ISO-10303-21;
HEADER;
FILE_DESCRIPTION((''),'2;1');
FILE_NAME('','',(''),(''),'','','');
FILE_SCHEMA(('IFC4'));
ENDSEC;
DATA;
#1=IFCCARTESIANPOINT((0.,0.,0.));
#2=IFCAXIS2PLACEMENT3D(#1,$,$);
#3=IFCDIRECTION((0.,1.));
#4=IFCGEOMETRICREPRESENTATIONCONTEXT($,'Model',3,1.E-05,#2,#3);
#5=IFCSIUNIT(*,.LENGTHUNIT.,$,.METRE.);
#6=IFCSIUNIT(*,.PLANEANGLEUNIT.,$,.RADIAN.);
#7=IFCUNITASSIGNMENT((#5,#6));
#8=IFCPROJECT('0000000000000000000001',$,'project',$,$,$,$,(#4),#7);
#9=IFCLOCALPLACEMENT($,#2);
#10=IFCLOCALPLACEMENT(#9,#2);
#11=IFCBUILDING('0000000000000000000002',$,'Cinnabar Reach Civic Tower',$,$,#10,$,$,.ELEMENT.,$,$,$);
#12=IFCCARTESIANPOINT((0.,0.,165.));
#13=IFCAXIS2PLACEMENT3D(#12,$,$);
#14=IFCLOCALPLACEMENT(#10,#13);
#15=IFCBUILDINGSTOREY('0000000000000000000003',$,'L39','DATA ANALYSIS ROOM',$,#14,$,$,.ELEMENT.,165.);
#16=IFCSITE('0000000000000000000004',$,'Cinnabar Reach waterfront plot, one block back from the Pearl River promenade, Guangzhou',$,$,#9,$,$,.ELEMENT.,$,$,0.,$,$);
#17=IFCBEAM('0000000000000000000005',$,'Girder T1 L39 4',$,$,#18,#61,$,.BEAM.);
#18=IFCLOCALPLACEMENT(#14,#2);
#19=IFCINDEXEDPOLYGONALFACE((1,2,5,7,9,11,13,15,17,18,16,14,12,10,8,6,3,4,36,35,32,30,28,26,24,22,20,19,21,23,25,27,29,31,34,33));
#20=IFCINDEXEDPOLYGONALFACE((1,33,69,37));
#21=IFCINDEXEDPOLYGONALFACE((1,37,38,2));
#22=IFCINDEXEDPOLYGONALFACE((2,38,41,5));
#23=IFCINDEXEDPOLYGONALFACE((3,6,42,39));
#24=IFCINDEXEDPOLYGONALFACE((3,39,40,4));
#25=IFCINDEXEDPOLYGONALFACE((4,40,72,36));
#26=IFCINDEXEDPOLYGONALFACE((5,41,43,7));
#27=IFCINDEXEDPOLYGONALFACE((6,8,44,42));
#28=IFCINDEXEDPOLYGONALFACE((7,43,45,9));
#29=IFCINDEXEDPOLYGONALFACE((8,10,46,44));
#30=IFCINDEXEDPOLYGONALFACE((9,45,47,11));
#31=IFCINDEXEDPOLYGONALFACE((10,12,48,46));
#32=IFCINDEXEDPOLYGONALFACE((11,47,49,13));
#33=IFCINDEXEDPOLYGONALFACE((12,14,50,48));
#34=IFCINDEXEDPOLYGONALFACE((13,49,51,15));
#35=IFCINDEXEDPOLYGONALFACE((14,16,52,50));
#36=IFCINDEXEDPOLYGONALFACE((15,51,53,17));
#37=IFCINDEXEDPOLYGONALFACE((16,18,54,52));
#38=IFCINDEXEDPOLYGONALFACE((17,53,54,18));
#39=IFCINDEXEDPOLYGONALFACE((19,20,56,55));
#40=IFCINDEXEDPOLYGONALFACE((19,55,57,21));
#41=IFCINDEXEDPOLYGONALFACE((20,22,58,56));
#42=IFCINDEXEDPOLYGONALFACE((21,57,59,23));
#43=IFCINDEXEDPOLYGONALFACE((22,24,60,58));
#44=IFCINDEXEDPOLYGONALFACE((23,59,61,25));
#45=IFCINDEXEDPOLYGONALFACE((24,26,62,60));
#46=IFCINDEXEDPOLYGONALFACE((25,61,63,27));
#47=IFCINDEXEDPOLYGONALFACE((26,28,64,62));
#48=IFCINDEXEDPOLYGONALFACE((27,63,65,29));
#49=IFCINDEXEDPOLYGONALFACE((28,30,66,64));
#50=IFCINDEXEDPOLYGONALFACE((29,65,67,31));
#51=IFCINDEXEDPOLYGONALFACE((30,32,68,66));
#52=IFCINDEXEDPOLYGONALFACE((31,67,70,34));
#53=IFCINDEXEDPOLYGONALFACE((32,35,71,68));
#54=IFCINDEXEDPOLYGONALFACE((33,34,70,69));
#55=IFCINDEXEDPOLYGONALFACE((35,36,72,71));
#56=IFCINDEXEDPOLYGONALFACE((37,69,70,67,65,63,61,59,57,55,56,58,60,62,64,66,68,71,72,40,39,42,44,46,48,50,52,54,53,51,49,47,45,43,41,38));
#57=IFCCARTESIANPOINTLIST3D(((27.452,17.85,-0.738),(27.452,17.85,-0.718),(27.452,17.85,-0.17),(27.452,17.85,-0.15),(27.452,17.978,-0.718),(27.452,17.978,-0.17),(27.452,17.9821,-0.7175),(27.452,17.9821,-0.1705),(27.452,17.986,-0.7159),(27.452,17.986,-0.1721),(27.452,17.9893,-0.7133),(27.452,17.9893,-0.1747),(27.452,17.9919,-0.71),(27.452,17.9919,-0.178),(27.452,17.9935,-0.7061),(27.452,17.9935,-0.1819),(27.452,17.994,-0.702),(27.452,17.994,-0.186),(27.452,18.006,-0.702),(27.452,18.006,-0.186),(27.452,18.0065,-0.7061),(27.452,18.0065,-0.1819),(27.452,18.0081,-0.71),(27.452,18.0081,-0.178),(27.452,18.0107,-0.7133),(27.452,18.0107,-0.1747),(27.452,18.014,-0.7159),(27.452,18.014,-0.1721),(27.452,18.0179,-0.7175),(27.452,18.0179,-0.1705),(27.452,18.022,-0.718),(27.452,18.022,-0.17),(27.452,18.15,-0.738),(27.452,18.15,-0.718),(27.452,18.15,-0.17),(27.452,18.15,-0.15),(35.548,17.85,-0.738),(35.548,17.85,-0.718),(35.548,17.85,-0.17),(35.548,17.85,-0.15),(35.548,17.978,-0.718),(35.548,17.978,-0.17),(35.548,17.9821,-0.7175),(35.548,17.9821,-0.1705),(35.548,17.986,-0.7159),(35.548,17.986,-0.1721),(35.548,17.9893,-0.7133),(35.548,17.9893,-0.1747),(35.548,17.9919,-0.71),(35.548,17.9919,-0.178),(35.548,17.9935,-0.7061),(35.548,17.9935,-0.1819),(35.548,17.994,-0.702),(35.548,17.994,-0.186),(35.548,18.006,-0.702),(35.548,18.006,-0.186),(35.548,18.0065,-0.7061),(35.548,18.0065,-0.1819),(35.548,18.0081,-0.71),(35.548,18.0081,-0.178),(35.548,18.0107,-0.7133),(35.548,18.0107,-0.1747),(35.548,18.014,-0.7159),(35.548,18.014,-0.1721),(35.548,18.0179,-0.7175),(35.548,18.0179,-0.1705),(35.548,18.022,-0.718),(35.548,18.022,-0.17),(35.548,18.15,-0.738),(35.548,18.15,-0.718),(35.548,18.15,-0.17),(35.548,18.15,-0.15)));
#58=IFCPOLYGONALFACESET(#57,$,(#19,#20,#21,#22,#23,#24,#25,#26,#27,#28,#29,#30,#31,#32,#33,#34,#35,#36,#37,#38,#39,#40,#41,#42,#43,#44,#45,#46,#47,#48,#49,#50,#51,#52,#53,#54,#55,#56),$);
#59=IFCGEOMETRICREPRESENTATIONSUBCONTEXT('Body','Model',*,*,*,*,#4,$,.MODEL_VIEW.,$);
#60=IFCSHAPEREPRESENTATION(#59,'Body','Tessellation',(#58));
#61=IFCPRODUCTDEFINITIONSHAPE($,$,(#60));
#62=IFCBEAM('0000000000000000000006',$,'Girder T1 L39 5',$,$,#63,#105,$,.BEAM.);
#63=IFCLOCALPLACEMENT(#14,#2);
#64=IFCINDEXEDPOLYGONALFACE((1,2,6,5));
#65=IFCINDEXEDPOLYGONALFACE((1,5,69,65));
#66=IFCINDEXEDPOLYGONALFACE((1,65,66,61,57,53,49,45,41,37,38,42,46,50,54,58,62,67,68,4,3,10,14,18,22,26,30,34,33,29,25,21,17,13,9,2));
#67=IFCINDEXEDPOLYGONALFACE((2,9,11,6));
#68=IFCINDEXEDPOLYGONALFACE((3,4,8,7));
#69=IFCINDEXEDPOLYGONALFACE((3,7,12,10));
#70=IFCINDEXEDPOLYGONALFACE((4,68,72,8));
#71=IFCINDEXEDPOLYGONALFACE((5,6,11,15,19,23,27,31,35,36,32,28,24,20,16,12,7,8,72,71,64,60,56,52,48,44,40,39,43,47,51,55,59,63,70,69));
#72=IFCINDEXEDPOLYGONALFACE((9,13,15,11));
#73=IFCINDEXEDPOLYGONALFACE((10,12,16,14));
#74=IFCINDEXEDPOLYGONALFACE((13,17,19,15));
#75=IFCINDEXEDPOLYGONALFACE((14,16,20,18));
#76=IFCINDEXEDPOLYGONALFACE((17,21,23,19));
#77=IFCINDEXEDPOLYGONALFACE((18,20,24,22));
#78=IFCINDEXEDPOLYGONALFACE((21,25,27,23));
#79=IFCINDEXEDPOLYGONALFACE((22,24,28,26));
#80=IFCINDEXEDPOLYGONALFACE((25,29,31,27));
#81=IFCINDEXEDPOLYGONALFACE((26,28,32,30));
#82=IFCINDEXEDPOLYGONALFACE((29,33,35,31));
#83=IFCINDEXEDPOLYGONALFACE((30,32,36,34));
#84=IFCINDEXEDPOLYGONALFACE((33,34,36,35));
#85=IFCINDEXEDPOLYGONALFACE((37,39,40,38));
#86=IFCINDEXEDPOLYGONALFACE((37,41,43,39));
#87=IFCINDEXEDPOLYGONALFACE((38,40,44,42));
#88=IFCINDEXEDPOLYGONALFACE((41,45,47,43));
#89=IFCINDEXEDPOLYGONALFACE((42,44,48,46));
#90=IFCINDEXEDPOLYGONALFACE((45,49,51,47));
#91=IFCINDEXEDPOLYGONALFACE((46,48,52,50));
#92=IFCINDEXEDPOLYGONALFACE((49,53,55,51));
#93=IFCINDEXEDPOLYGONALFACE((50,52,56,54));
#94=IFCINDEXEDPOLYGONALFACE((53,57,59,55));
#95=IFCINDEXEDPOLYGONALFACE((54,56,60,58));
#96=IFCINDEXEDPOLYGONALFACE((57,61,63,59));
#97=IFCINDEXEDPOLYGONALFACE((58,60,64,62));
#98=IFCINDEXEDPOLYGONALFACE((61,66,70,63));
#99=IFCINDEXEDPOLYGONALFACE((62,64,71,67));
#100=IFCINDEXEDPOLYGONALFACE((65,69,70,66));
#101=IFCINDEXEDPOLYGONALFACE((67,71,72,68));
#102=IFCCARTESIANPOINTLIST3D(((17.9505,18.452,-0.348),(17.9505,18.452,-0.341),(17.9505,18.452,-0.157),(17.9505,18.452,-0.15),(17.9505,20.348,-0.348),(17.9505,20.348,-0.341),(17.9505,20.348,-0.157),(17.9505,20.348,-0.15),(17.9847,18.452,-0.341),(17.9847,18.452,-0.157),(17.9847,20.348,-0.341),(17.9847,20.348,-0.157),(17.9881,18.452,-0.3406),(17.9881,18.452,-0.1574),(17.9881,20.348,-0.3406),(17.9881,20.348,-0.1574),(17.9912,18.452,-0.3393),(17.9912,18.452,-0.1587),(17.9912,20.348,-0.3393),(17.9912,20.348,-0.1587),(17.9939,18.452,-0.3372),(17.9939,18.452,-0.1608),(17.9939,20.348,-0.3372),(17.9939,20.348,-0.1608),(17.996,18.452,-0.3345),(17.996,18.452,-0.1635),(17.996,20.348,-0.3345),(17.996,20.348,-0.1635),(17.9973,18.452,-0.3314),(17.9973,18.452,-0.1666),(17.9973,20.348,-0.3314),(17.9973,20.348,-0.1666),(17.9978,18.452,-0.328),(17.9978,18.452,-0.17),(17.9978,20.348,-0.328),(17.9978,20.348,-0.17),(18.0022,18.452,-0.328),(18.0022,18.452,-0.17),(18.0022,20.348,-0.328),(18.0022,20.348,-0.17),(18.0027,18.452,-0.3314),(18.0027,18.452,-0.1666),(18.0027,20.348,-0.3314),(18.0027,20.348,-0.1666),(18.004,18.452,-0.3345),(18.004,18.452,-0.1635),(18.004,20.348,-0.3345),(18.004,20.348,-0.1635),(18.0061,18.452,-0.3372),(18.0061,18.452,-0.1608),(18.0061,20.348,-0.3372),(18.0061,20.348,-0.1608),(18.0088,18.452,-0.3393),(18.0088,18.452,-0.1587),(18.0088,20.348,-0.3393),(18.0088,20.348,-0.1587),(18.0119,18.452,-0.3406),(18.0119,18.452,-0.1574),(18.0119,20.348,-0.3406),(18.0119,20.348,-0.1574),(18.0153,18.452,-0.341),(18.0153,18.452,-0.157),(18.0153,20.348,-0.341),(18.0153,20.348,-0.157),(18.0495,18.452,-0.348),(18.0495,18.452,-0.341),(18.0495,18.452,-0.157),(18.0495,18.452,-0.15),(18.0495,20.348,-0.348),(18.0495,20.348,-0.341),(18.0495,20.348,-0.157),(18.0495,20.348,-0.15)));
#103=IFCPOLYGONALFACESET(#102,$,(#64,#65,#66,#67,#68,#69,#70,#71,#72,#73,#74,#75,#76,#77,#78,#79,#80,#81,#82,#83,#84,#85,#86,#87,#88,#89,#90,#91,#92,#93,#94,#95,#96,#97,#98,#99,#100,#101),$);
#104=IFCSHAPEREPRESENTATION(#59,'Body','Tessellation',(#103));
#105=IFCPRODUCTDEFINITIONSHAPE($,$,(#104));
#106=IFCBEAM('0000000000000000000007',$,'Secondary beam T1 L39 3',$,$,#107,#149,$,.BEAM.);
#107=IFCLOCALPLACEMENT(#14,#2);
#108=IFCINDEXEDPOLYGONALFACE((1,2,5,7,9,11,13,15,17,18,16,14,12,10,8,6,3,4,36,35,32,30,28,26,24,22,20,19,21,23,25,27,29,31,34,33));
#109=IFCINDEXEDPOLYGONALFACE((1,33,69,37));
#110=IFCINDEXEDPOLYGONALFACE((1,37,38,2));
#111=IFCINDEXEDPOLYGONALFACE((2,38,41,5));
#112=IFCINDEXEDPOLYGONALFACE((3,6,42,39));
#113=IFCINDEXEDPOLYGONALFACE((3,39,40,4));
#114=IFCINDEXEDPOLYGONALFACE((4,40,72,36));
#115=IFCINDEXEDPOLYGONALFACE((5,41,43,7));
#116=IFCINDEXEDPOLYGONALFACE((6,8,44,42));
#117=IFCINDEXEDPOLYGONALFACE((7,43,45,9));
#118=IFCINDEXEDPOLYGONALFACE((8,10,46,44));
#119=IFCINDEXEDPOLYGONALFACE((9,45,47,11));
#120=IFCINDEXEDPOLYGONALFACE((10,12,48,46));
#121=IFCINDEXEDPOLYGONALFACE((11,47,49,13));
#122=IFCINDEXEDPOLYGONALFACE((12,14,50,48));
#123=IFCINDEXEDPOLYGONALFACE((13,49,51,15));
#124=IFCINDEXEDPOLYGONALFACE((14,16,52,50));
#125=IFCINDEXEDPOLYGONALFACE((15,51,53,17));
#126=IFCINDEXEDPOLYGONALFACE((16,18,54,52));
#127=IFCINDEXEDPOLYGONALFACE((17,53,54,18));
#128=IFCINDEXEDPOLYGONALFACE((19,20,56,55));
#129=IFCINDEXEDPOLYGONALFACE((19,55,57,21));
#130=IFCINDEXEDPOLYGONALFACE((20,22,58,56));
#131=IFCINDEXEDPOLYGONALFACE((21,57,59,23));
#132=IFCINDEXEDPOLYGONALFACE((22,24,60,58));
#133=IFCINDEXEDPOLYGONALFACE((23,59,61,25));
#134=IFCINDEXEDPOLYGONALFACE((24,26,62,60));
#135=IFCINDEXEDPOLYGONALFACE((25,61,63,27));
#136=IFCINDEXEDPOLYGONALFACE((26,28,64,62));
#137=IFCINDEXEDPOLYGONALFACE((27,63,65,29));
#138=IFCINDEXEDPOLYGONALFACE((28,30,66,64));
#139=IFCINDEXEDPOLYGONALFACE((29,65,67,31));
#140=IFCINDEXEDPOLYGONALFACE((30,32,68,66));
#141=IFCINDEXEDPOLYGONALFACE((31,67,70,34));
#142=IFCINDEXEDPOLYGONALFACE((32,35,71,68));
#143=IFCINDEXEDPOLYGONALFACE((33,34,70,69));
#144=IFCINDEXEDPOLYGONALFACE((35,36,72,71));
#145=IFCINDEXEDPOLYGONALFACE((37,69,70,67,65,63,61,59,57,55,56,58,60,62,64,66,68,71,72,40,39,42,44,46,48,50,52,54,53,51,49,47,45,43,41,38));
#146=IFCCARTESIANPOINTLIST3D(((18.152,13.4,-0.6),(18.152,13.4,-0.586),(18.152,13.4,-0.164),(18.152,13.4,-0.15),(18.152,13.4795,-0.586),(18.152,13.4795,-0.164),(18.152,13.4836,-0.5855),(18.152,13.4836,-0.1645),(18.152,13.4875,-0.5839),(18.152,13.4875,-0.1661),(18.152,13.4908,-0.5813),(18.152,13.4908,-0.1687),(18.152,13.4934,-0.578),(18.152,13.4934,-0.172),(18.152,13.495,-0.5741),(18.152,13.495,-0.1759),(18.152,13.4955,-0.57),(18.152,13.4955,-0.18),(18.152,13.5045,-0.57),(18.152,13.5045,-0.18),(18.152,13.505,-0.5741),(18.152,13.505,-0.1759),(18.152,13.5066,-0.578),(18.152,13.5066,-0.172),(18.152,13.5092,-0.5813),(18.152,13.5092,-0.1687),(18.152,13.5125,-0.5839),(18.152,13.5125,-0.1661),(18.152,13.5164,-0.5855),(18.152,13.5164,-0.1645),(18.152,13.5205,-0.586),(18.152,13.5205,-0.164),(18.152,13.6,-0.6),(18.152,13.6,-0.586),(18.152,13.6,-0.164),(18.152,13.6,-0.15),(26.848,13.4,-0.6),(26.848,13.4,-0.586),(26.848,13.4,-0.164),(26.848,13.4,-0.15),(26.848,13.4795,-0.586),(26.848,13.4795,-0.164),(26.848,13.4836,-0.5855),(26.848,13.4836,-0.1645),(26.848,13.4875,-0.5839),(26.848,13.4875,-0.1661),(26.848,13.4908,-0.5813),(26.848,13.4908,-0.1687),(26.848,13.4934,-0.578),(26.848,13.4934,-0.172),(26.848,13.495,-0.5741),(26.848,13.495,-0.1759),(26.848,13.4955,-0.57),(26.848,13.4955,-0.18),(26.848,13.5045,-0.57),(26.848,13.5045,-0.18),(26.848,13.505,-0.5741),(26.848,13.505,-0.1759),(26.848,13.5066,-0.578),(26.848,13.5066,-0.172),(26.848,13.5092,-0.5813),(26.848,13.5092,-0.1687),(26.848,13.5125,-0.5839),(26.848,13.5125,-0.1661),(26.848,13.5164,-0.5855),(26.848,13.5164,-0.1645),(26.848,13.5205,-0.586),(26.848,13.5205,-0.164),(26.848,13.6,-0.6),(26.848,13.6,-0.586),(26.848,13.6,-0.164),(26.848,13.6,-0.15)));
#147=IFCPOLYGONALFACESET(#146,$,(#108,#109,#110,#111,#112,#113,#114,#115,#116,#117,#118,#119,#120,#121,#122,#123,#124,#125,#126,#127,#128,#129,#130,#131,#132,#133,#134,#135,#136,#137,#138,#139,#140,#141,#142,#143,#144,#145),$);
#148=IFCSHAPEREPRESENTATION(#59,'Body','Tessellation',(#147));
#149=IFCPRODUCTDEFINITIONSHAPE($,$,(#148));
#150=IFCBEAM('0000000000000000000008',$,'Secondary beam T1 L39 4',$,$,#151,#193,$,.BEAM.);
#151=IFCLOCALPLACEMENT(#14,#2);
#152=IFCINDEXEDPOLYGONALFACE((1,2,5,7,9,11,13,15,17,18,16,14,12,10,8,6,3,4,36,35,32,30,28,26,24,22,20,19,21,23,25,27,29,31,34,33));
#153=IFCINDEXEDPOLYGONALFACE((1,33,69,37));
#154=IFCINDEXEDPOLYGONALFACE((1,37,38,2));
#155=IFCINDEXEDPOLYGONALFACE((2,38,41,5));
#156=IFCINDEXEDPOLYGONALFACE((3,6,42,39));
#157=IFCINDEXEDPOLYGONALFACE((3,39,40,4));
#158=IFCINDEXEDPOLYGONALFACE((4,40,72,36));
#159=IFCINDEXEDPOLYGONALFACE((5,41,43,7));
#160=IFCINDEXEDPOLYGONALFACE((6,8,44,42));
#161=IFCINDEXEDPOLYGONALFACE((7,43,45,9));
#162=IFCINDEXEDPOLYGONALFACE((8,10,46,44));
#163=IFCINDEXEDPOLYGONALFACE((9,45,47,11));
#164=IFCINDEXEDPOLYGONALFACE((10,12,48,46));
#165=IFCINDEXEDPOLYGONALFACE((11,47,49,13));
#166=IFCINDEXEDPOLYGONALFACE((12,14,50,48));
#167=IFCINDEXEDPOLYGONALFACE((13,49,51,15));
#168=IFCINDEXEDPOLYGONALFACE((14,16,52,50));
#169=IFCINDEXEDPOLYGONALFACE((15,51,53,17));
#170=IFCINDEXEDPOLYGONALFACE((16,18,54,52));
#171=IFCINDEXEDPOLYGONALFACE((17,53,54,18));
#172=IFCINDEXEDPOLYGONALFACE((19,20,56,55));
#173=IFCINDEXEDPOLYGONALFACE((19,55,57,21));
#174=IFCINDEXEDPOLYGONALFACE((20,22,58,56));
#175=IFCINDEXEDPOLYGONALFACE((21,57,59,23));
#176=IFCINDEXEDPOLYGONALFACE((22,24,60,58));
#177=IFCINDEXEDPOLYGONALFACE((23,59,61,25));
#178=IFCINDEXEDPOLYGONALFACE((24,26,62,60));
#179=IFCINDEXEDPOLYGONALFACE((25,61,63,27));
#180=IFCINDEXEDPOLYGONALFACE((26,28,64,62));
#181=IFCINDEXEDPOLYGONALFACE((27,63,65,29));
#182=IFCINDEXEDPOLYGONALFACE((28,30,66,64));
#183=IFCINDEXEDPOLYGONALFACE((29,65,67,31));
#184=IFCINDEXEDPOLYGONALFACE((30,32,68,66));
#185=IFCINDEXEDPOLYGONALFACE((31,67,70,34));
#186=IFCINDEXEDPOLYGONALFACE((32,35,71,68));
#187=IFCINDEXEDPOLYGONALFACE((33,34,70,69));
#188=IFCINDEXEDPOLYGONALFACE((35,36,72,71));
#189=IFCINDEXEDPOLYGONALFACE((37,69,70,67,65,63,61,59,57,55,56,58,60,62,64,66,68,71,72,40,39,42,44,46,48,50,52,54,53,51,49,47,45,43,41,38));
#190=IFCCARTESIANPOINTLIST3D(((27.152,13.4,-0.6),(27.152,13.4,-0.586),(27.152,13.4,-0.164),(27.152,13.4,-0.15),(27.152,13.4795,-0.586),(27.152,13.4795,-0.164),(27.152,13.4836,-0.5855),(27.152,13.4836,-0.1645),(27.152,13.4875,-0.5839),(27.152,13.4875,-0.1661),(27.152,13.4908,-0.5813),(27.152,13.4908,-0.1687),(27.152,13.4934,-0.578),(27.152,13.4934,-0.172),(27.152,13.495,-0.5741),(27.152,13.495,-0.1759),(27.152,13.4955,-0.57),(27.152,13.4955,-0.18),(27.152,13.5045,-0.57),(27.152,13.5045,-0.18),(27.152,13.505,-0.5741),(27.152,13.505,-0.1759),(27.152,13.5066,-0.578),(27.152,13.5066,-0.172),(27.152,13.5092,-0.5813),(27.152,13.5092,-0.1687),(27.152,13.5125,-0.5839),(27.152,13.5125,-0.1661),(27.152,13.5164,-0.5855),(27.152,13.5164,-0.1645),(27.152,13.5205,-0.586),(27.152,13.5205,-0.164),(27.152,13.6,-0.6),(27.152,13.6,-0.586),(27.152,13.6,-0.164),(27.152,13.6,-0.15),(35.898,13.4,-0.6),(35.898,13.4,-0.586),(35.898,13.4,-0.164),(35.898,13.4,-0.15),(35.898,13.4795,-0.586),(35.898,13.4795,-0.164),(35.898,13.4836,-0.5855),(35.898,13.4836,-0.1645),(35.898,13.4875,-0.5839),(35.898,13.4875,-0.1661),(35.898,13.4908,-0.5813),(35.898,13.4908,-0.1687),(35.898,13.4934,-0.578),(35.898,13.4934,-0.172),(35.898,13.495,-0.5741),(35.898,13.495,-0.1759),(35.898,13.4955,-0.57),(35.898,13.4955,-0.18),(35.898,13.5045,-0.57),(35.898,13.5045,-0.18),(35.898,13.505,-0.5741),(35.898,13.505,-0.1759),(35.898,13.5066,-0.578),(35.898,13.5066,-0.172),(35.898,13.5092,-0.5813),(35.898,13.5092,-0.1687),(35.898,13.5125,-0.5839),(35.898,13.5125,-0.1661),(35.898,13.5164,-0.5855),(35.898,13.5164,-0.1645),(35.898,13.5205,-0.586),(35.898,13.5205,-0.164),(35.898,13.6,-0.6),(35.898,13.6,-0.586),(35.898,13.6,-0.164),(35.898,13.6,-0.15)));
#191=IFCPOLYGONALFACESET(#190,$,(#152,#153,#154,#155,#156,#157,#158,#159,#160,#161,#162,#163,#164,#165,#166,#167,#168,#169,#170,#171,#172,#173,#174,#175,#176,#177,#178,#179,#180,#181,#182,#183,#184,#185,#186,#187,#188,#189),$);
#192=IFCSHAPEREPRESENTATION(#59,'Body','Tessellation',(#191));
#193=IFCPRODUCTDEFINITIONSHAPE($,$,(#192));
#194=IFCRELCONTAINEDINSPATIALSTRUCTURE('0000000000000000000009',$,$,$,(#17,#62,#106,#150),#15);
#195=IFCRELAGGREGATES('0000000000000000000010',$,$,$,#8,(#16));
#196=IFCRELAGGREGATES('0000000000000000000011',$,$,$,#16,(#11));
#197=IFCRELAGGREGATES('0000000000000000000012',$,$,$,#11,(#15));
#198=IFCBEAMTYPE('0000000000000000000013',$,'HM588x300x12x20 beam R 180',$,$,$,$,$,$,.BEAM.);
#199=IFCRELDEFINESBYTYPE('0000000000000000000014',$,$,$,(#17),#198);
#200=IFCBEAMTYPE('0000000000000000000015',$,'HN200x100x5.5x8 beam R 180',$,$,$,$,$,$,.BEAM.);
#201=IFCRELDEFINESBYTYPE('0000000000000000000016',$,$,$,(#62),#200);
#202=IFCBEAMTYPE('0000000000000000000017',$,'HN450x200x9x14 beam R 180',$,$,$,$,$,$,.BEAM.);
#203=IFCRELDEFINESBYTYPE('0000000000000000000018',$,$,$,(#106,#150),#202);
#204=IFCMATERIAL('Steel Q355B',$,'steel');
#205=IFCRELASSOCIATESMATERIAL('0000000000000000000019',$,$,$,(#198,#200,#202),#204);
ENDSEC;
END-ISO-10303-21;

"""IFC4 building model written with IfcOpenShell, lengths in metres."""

from ifc_helpers import new_model, si_unit, direction, frame, origin, origin_2d, place, context, subcontext, project, spatial, i_section, extrude, material, material_profile, profile_set, type_object, element, save


model = new_model("IFC4")

# Units and contexts
model_context = context("Model", 3, precision=1e-05, world=origin(), true_north=direction((0.0, 1.0)))
body_context = subcontext(model_context, "Body", "Model", "MODEL_VIEW")
ifc_project = project(units=[si_unit("LENGTHUNIT", "METRE"), si_unit("PLANEANGLEUNIT", "RADIAN")], contexts=[model_context])

# Site, building, storey
site_placement = place(None, origin())
site = spatial("IfcSite", under=ifc_project, at=site_placement, Name="Cinnabar Reach waterfront plot, one block back from the Pearl River promenade, Guangzhou", CompositionType="ELEMENT", RefElevation=0.0)
building_placement = place(site_placement, origin())
building = spatial("IfcBuilding", under=site, at=building_placement, Name="Cinnabar Reach Civic Tower", CompositionType="ELEMENT")
storey_placement = place(building_placement, frame((0.0, 0.0, 165.0)))
storey = spatial("IfcBuildingStorey", under=building, at=storey_placement, Name="L39", Description="DATA ANALYSIS ROOM", CompositionType="ELEMENT", Elevation=165.0)

# Beams
ifc_material_1 = material(Name="Steel Q355B", Category="steel")
ifc_material_profile_1 = material_profile(ifc_material_1, i_section(OverallWidth=0.3, OverallDepth=0.588, WebThickness=0.012, FlangeThickness=0.02, FilletRadius=0.016, at=origin_2d()), Name="HM588x300x12x20")
ifc_profile_set_1 = profile_set([ifc_material_profile_1], Name="Steel Q355B")
beam_type_1 = type_object("IfcBeamType", Name="HM588x300x12x20 beam R 180", PredefinedType="BEAM", material=ifc_profile_set_1)
for number, where, z_axis, x_axis, name in (
    (1, (27.452, 18.0, -0.444), (1.0, 0.0, 0.0), (0.0, 1.0, 0.0), "Girder T1 L39 4"),
):
    element("IfcBeam", number, at=place(storey_placement, frame(where, z_axis=z_axis, x_axis=x_axis)), inside=storey, type_object=beam_type_1, Name=name, PredefinedType="BEAM", context=body_context, shape_type="SweptSolid", body=[
        extrude(i_section(OverallWidth=0.3, OverallDepth=0.588, WebThickness=0.012, FlangeThickness=0.02, FilletRadius=0.016, at=origin_2d()), origin(), (0.0, 0.0, 1.0), 8.096),
    ])
ifc_material_profile_2 = material_profile(ifc_material_1, i_section(OverallWidth=0.099, OverallDepth=0.198, WebThickness=0.0045, FlangeThickness=0.007, FilletRadius=0.013, at=origin_2d()), Name="HN200x100x5.5x8")
ifc_profile_set_2 = profile_set([ifc_material_profile_2], Name="Steel Q355B")
beam_type_2 = type_object("IfcBeamType", Name="HN200x100x5.5x8 beam R 180", PredefinedType="BEAM", material=ifc_profile_set_2)
beam_1_placement = place(storey_placement, frame((18.0, 18.452, -0.249), z_axis=(0.0, 1.0, 0.0), x_axis=(-1.0, 0.0, 0.0)))
element("IfcBeam", 2, at=beam_1_placement, inside=storey, type_object=beam_type_2, Name="Girder T1 L39 5", PredefinedType="BEAM", context=body_context, shape_type="SweptSolid", body=[
    extrude(i_section(OverallWidth=0.099, OverallDepth=0.198, WebThickness=0.0045, FlangeThickness=0.007, FilletRadius=0.013, at=origin_2d()), origin(), (0.0, 0.0, 1.0), 1.896),
])
ifc_material_profile_3 = material_profile(ifc_material_1, i_section(OverallWidth=0.2, OverallDepth=0.45, WebThickness=0.009, FlangeThickness=0.014, FilletRadius=0.016, at=origin_2d()), Name="HN450x200x9x14")
ifc_profile_set_3 = profile_set([ifc_material_profile_3], Name="Steel Q355B")
beam_type_3 = type_object("IfcBeamType", Name="HN450x200x9x14 beam R 180", PredefinedType="BEAM", material=ifc_profile_set_3)
beam_2_placement = place(storey_placement, frame((18.152, 13.5, -0.375), z_axis=(1.0, 0.0, 0.0), x_axis=(0.0, 1.0, 0.0)))
element("IfcBeam", 3, at=beam_2_placement, inside=storey, type_object=beam_type_3, Name="Secondary beam T1 L39 3", PredefinedType="BEAM", context=body_context, shape_type="SweptSolid", body=[
    extrude(i_section(OverallWidth=0.2, OverallDepth=0.45, WebThickness=0.009, FlangeThickness=0.014, FilletRadius=0.016, at=origin_2d()), origin(), (0.0, 0.0, 1.0), 8.696),
])
beam_3_placement = place(storey_placement, frame((27.152, 13.5, -0.375), z_axis=(1.0, 0.0, 0.0), x_axis=(0.0, 1.0, 0.0)))
element("IfcBeam", 4, at=beam_3_placement, inside=storey, type_object=beam_type_3, Name="Secondary beam T1 L39 4", PredefinedType="BEAM", context=body_context, shape_type="SweptSolid", body=[
    extrude(i_section(OverallWidth=0.2, OverallDepth=0.45, WebThickness=0.009, FlangeThickness=0.014, FilletRadius=0.016, at=origin_2d()), origin(), (0.0, 0.0, 1.0), 8.746),
])

save(model, "model.ifc")
